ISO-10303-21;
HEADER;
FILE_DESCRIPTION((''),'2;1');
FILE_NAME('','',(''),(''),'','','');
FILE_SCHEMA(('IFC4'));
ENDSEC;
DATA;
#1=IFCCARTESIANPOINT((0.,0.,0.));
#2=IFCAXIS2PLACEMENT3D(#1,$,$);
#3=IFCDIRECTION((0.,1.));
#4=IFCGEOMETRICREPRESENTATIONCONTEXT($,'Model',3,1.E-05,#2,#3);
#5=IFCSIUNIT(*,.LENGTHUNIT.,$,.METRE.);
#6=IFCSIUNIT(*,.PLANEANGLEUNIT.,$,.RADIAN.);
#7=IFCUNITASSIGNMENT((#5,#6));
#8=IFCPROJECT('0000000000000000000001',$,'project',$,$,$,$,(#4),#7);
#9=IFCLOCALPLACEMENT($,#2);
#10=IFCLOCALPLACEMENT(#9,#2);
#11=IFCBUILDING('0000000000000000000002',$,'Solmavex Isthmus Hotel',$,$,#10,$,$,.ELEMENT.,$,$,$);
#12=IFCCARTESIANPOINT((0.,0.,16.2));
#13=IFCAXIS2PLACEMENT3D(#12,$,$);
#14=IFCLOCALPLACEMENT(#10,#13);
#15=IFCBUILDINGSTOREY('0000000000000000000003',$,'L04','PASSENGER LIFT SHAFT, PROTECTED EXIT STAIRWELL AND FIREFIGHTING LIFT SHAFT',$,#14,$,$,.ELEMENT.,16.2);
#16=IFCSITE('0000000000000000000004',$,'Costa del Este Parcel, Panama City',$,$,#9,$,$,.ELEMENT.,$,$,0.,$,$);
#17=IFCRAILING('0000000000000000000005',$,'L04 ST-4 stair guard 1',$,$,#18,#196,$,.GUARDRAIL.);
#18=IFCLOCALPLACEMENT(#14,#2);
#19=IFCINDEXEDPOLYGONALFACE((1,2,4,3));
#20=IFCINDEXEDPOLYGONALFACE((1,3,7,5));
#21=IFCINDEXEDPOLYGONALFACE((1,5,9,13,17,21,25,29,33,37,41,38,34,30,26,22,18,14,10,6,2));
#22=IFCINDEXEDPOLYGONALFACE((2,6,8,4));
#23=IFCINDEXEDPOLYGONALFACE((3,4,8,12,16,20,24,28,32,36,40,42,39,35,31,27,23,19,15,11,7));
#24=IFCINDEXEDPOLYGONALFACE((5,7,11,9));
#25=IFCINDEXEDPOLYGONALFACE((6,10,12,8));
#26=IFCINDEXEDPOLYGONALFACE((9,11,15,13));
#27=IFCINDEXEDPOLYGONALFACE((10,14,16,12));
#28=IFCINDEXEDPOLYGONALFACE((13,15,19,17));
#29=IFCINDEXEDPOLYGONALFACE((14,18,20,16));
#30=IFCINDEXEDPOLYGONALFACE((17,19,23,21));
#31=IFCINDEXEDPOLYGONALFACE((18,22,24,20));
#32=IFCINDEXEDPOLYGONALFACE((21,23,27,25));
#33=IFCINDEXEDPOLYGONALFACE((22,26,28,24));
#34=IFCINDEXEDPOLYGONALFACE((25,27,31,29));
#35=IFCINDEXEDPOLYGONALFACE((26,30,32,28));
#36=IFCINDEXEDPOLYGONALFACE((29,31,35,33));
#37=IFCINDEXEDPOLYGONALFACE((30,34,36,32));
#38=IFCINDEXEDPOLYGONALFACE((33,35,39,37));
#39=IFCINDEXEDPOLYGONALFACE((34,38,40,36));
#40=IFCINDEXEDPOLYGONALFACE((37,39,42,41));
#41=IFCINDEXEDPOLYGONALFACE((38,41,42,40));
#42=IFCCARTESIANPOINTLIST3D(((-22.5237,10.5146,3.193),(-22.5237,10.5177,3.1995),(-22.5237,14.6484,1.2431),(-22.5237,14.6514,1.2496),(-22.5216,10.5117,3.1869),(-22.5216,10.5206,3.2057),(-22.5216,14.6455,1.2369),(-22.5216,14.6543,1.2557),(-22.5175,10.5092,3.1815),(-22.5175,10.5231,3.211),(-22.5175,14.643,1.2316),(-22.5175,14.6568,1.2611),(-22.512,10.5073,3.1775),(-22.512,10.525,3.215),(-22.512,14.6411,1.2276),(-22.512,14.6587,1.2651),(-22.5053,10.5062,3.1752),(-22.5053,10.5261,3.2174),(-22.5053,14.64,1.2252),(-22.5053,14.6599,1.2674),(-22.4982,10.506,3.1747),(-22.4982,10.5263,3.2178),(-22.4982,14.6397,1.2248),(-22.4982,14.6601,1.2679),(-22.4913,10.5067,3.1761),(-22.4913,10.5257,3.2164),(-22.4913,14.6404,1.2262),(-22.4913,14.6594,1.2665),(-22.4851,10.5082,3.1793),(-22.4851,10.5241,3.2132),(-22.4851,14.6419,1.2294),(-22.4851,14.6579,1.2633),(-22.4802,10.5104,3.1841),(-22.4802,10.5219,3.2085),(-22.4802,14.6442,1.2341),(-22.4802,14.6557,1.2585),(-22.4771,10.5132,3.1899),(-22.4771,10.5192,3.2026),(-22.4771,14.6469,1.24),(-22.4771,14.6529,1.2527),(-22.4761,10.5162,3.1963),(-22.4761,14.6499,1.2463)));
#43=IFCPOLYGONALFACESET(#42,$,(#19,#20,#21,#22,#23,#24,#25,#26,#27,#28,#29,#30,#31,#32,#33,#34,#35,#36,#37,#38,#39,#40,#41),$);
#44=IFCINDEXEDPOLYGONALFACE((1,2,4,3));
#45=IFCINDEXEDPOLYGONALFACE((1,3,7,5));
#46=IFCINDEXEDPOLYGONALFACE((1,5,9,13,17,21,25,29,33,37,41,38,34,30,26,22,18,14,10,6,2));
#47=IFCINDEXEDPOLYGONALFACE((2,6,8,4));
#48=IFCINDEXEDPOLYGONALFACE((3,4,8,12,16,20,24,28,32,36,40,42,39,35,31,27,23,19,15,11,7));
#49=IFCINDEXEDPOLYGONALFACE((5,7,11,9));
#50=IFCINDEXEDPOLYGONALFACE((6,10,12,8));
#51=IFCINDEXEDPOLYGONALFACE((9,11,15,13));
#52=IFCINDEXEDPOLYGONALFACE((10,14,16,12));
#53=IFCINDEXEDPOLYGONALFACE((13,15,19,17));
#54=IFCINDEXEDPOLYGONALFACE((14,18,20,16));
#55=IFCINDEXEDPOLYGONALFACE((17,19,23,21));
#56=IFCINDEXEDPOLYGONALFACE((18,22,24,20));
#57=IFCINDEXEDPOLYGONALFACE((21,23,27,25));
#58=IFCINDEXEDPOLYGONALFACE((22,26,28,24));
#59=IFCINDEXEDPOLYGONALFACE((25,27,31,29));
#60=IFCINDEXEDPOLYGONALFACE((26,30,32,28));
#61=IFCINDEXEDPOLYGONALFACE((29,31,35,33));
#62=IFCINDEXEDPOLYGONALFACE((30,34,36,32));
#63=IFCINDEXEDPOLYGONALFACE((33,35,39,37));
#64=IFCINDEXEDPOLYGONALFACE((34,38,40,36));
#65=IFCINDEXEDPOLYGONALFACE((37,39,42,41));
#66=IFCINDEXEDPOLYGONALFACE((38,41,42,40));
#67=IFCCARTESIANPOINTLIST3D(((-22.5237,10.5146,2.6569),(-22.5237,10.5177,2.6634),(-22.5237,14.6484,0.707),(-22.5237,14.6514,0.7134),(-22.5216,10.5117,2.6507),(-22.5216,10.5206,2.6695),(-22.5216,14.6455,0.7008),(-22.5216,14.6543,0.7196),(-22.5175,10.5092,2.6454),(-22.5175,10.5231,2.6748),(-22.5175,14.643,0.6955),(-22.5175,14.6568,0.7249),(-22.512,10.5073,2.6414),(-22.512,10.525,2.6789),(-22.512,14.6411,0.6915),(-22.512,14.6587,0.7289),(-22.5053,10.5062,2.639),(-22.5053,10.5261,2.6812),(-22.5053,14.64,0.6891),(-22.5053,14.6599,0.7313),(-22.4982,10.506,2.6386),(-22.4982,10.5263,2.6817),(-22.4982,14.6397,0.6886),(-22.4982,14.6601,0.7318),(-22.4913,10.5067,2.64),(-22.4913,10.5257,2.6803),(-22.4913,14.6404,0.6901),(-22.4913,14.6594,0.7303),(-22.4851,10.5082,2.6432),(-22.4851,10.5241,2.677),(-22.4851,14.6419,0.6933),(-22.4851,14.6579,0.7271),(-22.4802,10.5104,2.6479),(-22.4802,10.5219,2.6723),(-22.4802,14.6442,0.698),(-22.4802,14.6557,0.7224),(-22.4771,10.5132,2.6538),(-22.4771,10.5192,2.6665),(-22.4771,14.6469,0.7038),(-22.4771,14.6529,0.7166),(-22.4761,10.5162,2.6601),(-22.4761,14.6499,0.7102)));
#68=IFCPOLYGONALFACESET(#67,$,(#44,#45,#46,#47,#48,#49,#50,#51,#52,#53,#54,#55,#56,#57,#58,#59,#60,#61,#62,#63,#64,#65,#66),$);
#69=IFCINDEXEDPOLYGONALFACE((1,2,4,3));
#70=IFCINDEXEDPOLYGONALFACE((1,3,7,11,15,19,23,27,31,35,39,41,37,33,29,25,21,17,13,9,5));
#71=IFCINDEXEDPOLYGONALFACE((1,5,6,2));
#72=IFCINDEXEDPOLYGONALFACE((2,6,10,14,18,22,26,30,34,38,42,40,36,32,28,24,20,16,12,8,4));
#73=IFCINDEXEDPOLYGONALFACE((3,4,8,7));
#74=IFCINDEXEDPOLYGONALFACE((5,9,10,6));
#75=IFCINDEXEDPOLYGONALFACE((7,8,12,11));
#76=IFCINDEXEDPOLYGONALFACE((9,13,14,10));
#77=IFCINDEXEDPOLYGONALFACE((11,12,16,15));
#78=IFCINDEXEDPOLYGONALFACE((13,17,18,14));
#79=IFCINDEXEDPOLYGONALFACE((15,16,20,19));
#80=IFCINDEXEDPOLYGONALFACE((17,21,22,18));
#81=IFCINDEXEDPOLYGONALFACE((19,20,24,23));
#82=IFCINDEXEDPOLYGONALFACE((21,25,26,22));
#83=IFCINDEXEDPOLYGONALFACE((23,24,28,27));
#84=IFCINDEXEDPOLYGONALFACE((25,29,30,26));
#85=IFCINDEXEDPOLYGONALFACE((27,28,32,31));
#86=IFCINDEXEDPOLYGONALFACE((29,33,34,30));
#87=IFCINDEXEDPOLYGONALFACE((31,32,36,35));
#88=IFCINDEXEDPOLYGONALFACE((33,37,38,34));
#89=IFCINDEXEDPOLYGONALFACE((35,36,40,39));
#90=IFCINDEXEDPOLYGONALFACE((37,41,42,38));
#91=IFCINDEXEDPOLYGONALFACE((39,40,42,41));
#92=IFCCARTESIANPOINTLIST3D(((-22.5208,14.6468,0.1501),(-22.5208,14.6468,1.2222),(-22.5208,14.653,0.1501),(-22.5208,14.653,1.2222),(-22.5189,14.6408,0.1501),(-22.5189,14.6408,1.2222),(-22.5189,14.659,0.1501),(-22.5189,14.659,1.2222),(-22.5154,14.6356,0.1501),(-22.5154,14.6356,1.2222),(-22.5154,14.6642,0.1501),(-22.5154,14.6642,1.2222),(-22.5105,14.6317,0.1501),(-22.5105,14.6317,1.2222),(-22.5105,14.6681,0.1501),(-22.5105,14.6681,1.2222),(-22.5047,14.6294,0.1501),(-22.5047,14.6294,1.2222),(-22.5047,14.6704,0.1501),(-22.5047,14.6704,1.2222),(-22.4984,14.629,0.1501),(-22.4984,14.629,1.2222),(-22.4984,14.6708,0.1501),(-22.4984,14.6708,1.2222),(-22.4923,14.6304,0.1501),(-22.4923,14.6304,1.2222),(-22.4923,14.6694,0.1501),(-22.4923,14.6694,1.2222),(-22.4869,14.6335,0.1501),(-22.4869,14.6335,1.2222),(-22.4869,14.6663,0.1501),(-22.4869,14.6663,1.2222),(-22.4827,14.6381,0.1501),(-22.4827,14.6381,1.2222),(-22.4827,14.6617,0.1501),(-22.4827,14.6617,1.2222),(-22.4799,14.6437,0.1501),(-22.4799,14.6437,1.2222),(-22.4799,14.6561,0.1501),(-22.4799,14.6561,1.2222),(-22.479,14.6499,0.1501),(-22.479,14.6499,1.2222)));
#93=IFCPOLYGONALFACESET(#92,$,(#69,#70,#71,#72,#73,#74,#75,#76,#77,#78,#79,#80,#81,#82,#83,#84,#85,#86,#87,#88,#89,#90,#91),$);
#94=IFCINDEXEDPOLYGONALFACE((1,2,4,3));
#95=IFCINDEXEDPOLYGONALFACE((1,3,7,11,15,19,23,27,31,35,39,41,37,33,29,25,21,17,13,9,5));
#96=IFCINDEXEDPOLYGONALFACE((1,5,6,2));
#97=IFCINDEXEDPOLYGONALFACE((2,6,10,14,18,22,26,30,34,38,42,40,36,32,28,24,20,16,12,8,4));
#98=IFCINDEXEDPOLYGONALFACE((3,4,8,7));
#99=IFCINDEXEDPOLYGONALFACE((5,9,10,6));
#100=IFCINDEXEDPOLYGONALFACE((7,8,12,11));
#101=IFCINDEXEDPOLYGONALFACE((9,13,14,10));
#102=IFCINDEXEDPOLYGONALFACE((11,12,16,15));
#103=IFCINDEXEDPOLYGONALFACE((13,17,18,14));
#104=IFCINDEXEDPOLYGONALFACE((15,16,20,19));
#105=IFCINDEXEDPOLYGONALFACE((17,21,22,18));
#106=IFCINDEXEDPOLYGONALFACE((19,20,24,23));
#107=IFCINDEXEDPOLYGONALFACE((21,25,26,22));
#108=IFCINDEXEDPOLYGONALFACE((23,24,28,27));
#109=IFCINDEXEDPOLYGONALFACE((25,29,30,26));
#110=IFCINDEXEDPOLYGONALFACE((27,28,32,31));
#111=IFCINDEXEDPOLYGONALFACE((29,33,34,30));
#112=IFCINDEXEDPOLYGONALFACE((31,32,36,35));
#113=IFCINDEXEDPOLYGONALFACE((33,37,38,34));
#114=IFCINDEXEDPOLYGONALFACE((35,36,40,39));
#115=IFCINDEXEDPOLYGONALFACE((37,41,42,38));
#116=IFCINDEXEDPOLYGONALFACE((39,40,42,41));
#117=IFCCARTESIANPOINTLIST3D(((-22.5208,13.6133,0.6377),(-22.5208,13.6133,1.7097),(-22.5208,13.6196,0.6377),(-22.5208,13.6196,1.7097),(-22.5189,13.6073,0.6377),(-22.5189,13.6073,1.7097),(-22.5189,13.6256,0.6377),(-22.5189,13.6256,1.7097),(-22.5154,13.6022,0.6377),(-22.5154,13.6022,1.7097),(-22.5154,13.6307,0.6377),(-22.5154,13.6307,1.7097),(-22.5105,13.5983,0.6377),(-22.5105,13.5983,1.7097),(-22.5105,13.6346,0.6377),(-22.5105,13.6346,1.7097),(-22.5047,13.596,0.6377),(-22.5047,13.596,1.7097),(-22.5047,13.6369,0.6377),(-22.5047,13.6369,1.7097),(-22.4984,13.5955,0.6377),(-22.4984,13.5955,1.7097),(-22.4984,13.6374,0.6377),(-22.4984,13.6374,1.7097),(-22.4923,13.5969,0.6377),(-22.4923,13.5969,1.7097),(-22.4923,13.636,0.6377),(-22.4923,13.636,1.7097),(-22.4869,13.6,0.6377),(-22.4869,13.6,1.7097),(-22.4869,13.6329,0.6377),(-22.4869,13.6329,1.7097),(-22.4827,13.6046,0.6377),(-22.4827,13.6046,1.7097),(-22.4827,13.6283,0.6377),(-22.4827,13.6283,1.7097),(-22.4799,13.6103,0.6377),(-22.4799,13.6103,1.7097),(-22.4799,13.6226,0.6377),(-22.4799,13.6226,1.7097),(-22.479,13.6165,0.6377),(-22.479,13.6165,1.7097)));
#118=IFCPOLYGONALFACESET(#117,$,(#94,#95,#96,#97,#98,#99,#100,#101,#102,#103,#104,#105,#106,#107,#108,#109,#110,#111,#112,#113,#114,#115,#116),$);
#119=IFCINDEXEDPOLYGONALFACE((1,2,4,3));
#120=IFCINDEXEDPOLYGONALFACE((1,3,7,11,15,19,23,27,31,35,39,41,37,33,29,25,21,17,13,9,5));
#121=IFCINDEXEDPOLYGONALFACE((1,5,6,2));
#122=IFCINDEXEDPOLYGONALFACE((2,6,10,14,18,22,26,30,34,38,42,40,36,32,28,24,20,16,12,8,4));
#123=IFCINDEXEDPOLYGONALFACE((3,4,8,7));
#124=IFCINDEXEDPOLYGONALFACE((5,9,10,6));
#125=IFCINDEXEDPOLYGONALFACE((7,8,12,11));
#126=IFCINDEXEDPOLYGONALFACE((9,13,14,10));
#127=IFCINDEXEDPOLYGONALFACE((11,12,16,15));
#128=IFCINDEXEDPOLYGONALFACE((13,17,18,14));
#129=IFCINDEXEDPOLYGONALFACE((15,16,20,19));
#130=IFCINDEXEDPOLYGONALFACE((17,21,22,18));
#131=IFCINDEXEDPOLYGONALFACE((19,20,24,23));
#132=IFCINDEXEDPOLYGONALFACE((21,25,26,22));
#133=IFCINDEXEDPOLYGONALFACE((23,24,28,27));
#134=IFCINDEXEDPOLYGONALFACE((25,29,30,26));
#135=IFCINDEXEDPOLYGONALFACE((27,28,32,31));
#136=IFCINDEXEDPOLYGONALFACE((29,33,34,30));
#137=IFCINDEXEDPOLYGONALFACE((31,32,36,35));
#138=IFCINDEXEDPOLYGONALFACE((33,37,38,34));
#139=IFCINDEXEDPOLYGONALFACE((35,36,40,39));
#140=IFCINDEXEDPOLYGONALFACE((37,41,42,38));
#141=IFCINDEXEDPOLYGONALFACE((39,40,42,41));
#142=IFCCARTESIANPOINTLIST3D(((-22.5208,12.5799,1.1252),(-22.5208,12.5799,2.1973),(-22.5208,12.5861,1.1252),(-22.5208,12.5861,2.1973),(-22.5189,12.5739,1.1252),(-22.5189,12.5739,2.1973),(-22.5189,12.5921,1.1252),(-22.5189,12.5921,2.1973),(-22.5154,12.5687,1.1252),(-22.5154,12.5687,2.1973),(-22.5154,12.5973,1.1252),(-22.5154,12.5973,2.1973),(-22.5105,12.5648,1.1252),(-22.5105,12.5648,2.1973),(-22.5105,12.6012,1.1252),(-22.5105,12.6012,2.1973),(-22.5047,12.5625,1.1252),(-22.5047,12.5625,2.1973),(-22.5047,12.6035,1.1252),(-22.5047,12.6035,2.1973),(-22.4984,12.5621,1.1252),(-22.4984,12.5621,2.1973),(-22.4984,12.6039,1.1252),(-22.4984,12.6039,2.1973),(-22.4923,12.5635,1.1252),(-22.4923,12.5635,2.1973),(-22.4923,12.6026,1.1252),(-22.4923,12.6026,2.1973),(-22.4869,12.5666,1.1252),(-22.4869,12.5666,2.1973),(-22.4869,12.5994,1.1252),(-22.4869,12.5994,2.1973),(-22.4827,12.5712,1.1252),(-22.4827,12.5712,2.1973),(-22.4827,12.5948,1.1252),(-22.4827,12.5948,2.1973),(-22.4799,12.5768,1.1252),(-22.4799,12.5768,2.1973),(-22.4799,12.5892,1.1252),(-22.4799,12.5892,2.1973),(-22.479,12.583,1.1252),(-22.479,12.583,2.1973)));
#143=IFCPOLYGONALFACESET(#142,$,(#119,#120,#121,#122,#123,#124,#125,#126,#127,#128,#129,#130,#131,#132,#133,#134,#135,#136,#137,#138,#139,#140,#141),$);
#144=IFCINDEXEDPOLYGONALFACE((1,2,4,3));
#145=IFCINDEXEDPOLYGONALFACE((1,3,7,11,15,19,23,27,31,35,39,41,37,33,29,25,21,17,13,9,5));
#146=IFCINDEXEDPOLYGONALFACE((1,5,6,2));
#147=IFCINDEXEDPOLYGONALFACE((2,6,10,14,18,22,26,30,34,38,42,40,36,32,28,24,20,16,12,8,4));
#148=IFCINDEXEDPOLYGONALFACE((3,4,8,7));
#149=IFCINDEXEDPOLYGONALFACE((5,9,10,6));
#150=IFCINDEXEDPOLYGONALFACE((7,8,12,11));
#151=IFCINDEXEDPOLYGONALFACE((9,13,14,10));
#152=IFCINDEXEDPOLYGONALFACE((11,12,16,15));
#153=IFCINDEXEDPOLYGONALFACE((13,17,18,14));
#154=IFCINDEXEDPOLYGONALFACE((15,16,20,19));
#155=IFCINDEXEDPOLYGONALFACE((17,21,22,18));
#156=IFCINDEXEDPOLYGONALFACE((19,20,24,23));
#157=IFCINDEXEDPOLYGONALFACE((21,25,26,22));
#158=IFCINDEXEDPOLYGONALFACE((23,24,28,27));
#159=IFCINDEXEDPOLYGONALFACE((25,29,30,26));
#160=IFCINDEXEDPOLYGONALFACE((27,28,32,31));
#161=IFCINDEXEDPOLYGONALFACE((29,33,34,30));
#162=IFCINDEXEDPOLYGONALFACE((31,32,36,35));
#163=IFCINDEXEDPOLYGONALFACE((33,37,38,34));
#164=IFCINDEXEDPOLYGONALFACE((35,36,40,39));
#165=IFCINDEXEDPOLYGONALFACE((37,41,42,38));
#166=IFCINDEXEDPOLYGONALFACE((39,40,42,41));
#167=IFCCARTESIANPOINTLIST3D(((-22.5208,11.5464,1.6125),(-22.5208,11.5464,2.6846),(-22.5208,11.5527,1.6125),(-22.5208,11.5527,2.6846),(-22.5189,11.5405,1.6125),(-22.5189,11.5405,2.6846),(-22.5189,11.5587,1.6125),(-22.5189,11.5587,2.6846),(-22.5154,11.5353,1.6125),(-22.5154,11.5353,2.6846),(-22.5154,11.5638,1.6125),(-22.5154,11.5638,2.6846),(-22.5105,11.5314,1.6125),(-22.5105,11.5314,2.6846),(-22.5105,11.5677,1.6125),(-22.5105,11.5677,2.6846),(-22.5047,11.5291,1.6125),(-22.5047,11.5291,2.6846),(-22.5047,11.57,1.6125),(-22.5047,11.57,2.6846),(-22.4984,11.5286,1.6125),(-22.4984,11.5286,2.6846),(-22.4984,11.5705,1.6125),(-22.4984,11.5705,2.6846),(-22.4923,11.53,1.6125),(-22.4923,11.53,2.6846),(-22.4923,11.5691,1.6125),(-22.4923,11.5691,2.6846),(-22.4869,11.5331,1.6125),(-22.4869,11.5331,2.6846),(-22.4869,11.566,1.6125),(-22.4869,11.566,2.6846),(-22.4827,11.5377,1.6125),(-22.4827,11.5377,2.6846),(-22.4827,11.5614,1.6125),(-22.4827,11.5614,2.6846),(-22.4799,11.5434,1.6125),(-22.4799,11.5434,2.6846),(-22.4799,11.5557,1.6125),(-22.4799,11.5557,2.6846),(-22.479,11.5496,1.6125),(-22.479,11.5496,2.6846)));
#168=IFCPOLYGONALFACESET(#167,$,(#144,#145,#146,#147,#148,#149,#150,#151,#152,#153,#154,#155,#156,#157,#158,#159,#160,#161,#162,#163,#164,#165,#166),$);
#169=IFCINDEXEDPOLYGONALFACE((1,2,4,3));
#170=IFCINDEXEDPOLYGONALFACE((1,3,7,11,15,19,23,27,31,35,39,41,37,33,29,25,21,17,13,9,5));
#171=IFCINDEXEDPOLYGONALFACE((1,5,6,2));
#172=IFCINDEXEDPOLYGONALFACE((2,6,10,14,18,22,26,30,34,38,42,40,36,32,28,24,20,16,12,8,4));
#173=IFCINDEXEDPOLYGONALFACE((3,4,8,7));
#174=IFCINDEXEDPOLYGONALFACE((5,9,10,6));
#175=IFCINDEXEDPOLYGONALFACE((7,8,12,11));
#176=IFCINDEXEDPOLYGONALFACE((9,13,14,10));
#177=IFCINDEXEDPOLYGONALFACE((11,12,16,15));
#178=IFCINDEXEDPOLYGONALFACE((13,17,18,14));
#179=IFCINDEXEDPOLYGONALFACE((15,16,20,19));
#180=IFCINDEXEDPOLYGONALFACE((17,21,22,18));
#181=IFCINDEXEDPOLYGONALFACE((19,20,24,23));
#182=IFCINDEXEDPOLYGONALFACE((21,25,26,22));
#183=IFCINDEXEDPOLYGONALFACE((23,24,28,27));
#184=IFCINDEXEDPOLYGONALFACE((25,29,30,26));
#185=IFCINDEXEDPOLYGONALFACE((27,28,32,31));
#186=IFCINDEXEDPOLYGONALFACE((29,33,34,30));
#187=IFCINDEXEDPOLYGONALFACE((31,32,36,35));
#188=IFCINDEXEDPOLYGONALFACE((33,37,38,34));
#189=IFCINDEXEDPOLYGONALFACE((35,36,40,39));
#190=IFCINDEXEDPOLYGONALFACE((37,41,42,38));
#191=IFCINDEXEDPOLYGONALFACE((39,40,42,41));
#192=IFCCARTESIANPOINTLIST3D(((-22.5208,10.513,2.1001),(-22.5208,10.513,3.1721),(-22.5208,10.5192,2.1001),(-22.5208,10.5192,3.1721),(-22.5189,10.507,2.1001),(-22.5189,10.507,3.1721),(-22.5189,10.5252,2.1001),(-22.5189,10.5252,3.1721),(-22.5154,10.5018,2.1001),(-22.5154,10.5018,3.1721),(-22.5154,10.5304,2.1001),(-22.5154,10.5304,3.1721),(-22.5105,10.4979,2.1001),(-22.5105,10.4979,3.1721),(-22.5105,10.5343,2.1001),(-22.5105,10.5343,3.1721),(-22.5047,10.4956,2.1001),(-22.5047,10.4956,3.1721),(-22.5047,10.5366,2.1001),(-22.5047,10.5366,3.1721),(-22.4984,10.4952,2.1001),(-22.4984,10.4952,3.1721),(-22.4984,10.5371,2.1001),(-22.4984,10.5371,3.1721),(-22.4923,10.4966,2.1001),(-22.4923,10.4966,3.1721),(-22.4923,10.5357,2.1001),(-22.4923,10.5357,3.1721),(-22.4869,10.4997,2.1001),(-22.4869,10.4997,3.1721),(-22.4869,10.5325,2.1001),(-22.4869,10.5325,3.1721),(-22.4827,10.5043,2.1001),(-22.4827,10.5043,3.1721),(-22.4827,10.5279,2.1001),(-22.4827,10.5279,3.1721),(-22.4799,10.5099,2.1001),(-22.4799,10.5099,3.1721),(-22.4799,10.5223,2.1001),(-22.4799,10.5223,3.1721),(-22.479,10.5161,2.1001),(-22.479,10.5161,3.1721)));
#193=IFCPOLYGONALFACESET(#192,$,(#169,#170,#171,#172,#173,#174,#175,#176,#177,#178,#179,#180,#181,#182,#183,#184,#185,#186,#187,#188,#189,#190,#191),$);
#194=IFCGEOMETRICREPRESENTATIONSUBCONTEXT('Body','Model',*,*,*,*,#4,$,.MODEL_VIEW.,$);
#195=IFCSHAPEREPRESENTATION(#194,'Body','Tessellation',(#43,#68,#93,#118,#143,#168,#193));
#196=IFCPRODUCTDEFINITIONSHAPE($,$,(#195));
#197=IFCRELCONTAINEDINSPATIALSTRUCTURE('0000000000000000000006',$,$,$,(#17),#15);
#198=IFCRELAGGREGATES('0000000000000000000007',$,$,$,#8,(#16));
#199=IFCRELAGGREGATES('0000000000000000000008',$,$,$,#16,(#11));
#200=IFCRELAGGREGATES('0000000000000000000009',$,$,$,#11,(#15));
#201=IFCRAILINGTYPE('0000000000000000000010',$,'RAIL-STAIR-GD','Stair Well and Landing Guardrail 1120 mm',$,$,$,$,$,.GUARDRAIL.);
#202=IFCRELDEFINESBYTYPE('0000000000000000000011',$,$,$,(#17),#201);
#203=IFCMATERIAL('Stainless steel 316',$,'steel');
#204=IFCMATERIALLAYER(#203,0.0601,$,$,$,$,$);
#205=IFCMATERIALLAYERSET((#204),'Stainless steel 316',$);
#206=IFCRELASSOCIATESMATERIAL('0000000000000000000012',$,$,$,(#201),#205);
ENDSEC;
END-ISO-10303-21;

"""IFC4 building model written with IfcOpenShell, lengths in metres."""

from ifc_helpers import new_model, si_unit, direction, frame, origin, origin_2d, place, context, subcontext, project, spatial, circle, extrude, material, layer, layer_set, type_object, element, save


model = new_model("IFC4")

# Units and contexts
model_context = context("Model", 3, precision=1e-05, world=origin(), true_north=direction((0.0, 1.0)))
body_context = subcontext(model_context, "Body", "Model", "MODEL_VIEW")
ifc_project = project(units=[si_unit("LENGTHUNIT", "METRE"), si_unit("PLANEANGLEUNIT", "RADIAN")], contexts=[model_context])

# Site, building, storey
site_placement = place(None, origin())
site = spatial("IfcSite", under=ifc_project, at=site_placement, Name="Costa del Este Parcel, Panama City", CompositionType="ELEMENT", RefElevation=0.0)
building_placement = place(site_placement, origin())
building = spatial("IfcBuilding", under=site, at=building_placement, Name="Solmavex Isthmus Hotel", CompositionType="ELEMENT")
storey_placement = place(building_placement, frame((0.0, 0.0, 16.2)))
storey = spatial("IfcBuildingStorey", under=building, at=storey_placement, Name="L04", Description="PASSENGER LIFT SHAFT, PROTECTED EXIT STAIRWELL AND FIREFIGHTING LIFT SHAFT", CompositionType="ELEMENT", Elevation=16.2)

# Railing
ifc_material_1 = material(Name="Stainless steel 316", Category="steel")
ifc_layer_1 = layer(ifc_material_1, 0.0601)
ifc_layer_set_1 = layer_set([ifc_layer_1], Name="Stainless steel 316")
railing_type_1 = type_object("IfcRailingType", Name="RAIL-STAIR-GD", Description="Stair Well and Landing Guardrail 1120 mm", PredefinedType="GUARDRAIL", material=ifc_layer_set_1)
railing_1_placement = place(storey_placement, frame((-22.5, 14.6499, 0.1501)))
element("IfcRailing", 1, at=railing_1_placement, inside=storey, type_object=railing_type_1, Name="L04 ST-4 stair guard 1", PredefinedType="GUARDRAIL", context=body_context, shape_type="SweptSolid", body=[
    extrude(circle(Radius=0.0239, at=origin_2d()), frame((0.0, 0.0, 1.0962), z_axis=(0.0, -0.904427, 0.426628), x_axis=(1.0, 0.0, 0.0)), (0.0, 0.0, 1.0), 4.5706),
    extrude(circle(Radius=0.0239, at=origin_2d()), frame((0.0, 0.0, 0.5601), z_axis=(0.0, -0.904427, 0.426628), x_axis=(1.0, 0.0, 0.0)), (0.0, 0.0, 1.0), 4.5706),
    extrude(circle(Radius=0.021, at=origin_2d()), origin(), (0.0, 0.0, 1.0), 1.072),
    extrude(circle(Radius=0.021, at=origin_2d()), frame((0.0, -1.0334, 0.4875)), (0.0, 0.0, 1.0), 1.072),
    extrude(circle(Radius=0.021, at=origin_2d()), frame((0.0, -2.0669, 0.9751)), (0.0, 0.0, 1.0), 1.072),
    extrude(circle(Radius=0.021, at=origin_2d()), frame((0.0, -3.1003, 1.4624)), (0.0, 0.0, 1.0), 1.072),
    extrude(circle(Radius=0.021, at=origin_2d()), frame((0.0, -4.1338, 1.95)), (0.0, 0.0, 1.0), 1.072),
])

save(model, "model.ifc")
